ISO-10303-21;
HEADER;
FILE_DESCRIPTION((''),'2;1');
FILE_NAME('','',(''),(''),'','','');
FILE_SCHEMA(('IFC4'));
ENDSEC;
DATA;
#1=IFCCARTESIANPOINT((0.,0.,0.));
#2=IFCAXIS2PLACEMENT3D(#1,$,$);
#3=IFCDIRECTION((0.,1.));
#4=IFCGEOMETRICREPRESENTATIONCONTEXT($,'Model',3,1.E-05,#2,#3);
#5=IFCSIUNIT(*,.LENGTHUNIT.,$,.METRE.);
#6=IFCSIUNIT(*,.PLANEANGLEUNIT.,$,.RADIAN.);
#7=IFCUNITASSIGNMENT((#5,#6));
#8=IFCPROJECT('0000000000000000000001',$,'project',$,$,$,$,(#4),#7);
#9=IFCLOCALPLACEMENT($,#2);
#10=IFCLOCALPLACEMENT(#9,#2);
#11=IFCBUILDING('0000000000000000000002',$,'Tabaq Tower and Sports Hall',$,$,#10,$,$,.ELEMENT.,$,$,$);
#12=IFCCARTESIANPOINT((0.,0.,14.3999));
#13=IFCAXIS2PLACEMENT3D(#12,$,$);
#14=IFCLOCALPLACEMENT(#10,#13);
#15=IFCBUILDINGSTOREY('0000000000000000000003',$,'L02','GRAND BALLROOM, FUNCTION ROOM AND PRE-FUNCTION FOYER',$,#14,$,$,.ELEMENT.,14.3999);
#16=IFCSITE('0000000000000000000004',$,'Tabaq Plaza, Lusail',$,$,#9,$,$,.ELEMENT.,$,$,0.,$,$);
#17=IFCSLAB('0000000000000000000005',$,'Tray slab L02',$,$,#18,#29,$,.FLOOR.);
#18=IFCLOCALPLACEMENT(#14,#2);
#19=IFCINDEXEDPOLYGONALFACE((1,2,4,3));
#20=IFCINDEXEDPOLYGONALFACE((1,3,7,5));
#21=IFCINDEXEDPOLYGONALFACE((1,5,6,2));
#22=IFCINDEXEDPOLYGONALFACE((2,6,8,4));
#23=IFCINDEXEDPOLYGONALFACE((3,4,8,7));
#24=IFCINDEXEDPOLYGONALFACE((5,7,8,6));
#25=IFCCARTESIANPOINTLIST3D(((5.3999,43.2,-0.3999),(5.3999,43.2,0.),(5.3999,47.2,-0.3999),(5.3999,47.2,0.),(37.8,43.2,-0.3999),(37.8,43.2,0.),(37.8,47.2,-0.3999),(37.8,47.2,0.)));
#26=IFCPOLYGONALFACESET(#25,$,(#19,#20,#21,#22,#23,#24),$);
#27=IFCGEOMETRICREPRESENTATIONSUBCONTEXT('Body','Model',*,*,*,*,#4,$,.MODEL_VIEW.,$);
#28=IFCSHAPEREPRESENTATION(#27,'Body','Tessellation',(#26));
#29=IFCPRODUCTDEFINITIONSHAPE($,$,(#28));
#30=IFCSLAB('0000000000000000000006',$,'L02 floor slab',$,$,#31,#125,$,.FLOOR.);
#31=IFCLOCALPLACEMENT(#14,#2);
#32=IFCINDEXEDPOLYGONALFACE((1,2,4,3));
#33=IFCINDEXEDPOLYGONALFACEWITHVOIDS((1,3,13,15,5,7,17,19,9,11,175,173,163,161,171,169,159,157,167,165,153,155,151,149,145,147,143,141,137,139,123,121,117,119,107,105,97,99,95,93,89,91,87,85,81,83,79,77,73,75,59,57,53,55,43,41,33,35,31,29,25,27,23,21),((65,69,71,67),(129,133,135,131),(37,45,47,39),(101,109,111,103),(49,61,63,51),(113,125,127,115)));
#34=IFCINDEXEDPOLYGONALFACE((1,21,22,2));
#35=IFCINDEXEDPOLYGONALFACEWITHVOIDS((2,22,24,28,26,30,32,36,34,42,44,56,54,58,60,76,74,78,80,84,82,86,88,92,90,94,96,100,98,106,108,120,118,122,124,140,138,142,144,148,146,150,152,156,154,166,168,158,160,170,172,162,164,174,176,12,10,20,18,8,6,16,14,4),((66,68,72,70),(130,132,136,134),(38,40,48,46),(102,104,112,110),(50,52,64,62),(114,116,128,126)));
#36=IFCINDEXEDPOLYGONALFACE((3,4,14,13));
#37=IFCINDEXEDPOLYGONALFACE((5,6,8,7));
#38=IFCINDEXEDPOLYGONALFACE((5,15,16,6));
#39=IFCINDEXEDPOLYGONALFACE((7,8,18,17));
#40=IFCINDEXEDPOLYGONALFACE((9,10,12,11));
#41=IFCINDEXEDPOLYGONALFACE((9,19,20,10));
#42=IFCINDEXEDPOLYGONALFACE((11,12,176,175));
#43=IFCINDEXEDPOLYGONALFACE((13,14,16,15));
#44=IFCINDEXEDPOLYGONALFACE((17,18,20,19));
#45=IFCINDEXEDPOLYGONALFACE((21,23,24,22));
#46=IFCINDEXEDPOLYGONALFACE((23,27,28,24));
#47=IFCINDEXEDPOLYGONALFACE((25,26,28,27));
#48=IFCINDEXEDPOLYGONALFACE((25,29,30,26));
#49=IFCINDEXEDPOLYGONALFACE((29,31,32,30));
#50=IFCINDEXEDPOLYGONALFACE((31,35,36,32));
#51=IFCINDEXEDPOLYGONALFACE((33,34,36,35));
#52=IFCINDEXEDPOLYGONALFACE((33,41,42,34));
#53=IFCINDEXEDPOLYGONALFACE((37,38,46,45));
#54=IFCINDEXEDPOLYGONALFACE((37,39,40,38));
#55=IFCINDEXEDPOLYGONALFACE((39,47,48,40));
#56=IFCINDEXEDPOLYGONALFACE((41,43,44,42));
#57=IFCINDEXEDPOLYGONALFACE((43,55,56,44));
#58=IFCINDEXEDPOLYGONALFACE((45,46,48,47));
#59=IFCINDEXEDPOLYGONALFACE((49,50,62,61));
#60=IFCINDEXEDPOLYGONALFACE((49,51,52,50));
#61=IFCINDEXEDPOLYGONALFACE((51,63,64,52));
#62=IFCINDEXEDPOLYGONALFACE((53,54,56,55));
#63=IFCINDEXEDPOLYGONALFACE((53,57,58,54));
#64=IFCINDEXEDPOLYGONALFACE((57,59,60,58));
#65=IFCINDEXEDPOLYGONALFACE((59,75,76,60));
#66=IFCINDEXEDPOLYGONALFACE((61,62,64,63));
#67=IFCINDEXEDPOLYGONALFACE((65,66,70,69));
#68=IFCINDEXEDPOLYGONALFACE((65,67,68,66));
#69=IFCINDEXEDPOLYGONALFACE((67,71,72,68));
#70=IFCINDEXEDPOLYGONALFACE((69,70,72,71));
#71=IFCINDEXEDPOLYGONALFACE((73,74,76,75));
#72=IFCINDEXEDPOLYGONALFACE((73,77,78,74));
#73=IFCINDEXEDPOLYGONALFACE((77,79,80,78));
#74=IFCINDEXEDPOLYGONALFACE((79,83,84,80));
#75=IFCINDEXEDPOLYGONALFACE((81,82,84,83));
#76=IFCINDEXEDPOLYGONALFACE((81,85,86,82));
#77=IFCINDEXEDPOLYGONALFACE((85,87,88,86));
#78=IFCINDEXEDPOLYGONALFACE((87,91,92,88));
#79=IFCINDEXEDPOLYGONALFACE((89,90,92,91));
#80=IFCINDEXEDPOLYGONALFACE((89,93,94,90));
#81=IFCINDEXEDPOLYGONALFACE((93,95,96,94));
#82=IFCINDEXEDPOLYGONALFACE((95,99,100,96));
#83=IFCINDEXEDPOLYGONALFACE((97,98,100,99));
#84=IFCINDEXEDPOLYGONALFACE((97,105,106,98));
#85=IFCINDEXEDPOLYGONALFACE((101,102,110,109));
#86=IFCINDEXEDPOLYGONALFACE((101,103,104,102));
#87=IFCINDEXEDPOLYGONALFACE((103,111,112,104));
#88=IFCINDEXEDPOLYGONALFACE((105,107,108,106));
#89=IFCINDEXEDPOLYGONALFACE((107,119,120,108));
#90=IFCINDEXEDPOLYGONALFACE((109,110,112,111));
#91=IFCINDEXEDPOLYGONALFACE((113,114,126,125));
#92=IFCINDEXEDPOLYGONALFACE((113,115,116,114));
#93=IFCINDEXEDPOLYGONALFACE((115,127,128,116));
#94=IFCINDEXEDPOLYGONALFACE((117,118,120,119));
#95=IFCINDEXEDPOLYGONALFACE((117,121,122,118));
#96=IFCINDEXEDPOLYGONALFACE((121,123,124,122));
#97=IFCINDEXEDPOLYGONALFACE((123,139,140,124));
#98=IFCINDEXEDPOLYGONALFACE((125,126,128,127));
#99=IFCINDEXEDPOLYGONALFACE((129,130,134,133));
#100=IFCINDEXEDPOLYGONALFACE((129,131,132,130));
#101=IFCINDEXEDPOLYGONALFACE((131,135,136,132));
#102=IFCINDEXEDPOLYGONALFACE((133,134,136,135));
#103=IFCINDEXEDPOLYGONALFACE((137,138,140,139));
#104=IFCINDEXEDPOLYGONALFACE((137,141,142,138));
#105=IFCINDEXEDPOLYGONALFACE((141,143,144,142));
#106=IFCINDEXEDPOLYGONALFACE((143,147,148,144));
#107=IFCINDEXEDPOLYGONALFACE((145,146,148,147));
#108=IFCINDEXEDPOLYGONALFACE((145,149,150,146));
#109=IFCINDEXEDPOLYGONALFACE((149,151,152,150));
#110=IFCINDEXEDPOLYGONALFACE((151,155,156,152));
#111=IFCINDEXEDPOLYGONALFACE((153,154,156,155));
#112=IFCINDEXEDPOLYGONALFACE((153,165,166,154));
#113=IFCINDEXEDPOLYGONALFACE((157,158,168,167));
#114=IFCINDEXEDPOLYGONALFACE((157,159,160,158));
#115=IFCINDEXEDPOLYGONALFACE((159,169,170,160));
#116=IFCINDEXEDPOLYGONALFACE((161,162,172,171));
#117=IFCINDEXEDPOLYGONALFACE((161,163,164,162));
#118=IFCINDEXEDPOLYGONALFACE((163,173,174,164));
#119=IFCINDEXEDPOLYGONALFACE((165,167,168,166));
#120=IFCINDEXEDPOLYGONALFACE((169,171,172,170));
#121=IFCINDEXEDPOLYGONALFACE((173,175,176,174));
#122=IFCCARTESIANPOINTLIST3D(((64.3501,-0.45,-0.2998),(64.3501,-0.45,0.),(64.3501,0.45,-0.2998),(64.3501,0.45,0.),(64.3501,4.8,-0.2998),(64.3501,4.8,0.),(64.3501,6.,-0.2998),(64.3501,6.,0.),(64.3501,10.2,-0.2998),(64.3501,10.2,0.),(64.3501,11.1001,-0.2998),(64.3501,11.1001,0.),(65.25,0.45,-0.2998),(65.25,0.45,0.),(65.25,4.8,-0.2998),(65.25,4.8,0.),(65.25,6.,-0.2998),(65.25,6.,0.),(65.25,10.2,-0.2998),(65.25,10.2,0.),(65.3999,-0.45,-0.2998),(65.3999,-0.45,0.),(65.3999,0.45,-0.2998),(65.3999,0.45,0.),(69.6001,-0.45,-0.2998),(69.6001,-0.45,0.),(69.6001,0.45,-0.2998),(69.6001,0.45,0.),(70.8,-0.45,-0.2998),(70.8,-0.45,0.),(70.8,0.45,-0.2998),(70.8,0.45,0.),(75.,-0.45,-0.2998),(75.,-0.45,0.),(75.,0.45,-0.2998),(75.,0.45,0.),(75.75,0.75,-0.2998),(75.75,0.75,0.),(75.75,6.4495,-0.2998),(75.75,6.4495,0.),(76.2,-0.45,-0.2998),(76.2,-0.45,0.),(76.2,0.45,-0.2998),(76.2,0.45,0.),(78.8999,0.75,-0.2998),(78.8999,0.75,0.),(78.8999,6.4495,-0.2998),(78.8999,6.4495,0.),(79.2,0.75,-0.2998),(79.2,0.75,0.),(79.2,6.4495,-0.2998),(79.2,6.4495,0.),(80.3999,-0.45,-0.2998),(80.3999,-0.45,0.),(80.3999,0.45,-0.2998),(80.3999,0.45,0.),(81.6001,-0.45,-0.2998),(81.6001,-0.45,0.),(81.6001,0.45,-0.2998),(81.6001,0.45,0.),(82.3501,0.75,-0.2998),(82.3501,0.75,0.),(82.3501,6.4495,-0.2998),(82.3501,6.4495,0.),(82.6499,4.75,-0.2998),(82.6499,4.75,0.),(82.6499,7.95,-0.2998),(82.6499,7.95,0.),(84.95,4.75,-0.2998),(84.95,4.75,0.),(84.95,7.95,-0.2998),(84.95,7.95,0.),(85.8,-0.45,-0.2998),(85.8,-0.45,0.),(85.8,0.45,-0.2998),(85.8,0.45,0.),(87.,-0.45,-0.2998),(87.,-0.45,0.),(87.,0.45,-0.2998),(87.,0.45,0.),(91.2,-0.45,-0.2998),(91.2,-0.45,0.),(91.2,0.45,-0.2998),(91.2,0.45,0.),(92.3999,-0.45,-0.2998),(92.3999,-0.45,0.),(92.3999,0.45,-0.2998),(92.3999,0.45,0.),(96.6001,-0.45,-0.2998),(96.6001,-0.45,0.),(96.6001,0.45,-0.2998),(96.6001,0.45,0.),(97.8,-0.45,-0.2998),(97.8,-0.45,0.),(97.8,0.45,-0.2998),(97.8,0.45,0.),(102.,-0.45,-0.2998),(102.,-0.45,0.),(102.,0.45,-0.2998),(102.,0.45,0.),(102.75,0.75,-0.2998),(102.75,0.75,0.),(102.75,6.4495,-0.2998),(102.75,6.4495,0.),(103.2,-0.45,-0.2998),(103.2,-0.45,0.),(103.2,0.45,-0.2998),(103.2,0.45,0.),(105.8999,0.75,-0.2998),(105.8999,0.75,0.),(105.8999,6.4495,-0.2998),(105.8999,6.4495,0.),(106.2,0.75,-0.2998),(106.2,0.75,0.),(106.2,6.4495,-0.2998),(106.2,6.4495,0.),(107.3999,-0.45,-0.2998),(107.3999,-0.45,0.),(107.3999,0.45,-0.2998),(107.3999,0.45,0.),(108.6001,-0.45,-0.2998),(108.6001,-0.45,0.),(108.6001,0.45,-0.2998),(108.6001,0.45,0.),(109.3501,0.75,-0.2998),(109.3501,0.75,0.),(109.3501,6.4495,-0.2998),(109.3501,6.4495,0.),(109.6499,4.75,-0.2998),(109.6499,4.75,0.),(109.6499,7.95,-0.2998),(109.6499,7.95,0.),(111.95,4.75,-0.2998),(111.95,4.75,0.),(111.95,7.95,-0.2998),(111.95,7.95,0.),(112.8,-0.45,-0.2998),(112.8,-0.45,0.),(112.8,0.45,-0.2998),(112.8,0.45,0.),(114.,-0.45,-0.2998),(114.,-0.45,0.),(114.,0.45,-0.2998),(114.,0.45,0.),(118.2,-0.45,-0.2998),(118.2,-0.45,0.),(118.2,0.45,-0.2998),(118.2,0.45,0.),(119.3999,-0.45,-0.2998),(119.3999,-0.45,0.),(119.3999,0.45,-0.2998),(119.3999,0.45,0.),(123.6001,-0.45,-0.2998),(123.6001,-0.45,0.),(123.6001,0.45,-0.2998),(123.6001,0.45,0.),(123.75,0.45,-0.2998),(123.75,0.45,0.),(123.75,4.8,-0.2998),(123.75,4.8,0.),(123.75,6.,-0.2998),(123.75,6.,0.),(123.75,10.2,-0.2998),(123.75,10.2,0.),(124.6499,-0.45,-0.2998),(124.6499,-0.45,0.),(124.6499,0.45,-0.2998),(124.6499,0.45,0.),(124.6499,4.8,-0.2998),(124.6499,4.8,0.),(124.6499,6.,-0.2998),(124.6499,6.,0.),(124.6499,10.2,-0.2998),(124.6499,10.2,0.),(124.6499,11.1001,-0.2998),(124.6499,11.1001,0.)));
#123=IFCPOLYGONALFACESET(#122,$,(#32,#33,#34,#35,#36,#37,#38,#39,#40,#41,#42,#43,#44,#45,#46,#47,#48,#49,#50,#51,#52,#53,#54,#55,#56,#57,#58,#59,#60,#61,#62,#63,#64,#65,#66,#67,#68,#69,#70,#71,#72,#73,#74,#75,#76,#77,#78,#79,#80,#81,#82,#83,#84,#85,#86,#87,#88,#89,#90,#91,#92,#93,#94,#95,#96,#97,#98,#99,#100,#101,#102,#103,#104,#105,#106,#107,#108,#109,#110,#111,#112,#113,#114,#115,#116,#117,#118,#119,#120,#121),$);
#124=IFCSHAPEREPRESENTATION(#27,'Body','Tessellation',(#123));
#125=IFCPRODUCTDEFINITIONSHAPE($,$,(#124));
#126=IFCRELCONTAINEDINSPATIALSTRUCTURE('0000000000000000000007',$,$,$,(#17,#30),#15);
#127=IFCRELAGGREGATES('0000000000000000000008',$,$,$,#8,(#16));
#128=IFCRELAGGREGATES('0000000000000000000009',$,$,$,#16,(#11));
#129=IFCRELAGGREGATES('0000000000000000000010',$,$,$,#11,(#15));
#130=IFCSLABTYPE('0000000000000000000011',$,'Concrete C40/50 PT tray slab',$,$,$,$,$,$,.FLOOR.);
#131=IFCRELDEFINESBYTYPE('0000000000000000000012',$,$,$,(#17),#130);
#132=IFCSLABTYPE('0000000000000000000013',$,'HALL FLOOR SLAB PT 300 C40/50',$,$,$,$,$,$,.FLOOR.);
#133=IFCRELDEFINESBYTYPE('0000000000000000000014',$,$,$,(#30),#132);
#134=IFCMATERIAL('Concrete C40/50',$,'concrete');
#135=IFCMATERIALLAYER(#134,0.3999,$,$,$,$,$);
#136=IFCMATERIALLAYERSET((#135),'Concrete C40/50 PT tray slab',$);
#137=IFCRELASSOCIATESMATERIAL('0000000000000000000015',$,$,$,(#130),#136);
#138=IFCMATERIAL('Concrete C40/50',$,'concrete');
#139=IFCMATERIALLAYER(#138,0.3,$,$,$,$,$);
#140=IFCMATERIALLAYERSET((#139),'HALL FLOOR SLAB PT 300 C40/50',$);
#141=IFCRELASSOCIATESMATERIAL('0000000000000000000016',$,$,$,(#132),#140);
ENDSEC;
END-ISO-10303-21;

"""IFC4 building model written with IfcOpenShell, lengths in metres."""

from ifc_helpers import new_model, si_unit, direction, frame, origin, place, context, subcontext, project, spatial, polyline, outline, extrude, material, layer, layer_set, type_object, element, save


model = new_model("IFC4")

# Units and contexts
model_context = context("Model", 3, precision=1e-05, world=origin(), true_north=direction((0.0, 1.0)))
body_context = subcontext(model_context, "Body", "Model", "MODEL_VIEW")
ifc_project = project(units=[si_unit("LENGTHUNIT", "METRE"), si_unit("PLANEANGLEUNIT", "RADIAN")], contexts=[model_context])

# Site, building, storey
site_placement = place(None, origin())
site = spatial("IfcSite", under=ifc_project, at=site_placement, Name="Tabaq Plaza, Lusail", CompositionType="ELEMENT", RefElevation=0.0)
building_placement = place(site_placement, origin())
building = spatial("IfcBuilding", under=site, at=building_placement, Name="Tabaq Tower and Sports Hall", CompositionType="ELEMENT")
storey_placement = place(building_placement, frame((0.0, 0.0, 14.3999)))
storey = spatial("IfcBuildingStorey", under=building, at=storey_placement, Name="L02", Description="GRAND BALLROOM, FUNCTION ROOM AND PRE-FUNCTION FOYER", CompositionType="ELEMENT", Elevation=14.3999)

# Slabs
ifc_material_1 = material(Name="Concrete C40/50", Category="concrete")
ifc_layer_1 = layer(ifc_material_1, 0.3999)
ifc_layer_set_1 = layer_set([ifc_layer_1], Name="Concrete C40/50 PT tray slab")
slab_type_1 = type_object("IfcSlabType", Name="Concrete C40/50 PT tray slab", PredefinedType="FLOOR", material=ifc_layer_set_1)
slab_1_placement = place(storey_placement, frame((0.0, 0.0, -0.3999)))
element("IfcSlab", 1, at=slab_1_placement, inside=storey, type_object=slab_type_1, Name="Tray slab L02", PredefinedType="FLOOR", context=body_context, shape_type="SweptSolid", body=[
    extrude(outline(polyline([(37.8, 43.2), (5.3999, 43.2), (5.3999, 47.2), (37.8, 47.2), (37.8, 43.2)])), origin(), (0.0, 0.0, 1.0), 0.3999),
])
ifc_material_2 = material(Name="Concrete C40/50", Category="concrete")
ifc_layer_2 = layer(ifc_material_2, 0.3)
ifc_layer_set_2 = layer_set([ifc_layer_2], Name="HALL FLOOR SLAB PT 300 C40/50")
slab_type_2 = type_object("IfcSlabType", Name="HALL FLOOR SLAB PT 300 C40/50", PredefinedType="FLOOR", material=ifc_layer_set_2)
slab_2_placement = place(storey_placement, frame((0.0, 0.0, -0.2998)))
element("IfcSlab", 2, at=slab_2_placement, inside=storey, type_object=slab_type_2, Name="L02 floor slab", PredefinedType="FLOOR", context=body_context, shape_type="SweptSolid", body=[
    extrude(outline(polyline([(76.2, 0.45), (76.2, -0.45), (75.0, -0.45), (75.0, 0.45), (70.8, 0.45), (70.8, -0.45), (69.6001, -0.45), (69.6001, 0.45), (65.3999, 0.45), (65.3999, -0.45), (64.3501, -0.45), (64.3501, 0.45), (65.25, 0.45), (65.25, 4.8), (64.3501, 4.8), (64.3501, 6.0), (65.25, 6.0), (65.25, 10.2), (64.3501, 10.2), (64.3501, 11.1001), (124.6499, 11.1001), (124.6499, 10.2), (123.75, 10.2), (123.75, 6.0), (124.6499, 6.0), (124.6499, 4.8), (123.75, 4.8), (123.75, 0.45), (124.6499, 0.45), (124.6499, -0.45), (123.6001, -0.45), (123.6001, 0.45), (119.3999, 0.45), (119.3999, -0.45), (118.2, -0.45), (118.2, 0.45), (114.0, 0.45), (114.0, -0.45), (112.8, -0.45), (112.8, 0.45), (108.6001, 0.45), (108.6001, -0.45), (107.3999, -0.45), (107.3999, 0.45), (103.2, 0.45), (103.2, -0.45), (102.0, -0.45), (102.0, 0.45), (97.8, 0.45), (97.8, -0.45), (96.6001, -0.45), (96.6001, 0.45), (92.3999, 0.45), (92.3999, -0.45), (91.2, -0.45), (91.2, 0.45), (87.0, 0.45), (87.0, -0.45), (85.8, -0.45), (85.8, 0.45), (81.6001, 0.45), (81.6001, -0.45), (80.3999, -0.45), (80.3999, 0.45), (76.2, 0.45)]), holes=[polyline([(82.6499, 4.75), (84.95, 4.75), (84.95, 7.95), (82.6499, 7.95), (82.6499, 4.75)]), polyline([(109.6499, 4.75), (111.95, 4.75), (111.95, 7.95), (109.6499, 7.95), (109.6499, 4.75)]), polyline([(75.75, 6.4495), (75.75, 0.75), (78.8999, 0.75), (78.8999, 6.4495), (75.75, 6.4495)]), polyline([(79.2, 6.4495), (79.2, 0.75), (82.3501, 0.75), (82.3501, 6.4495), (79.2, 6.4495)]), polyline([(102.75, 6.4495), (102.75, 0.75), (105.8999, 0.75), (105.8999, 6.4495), (102.75, 6.4495)]), polyline([(106.2, 6.4495), (106.2, 0.75), (109.3501, 0.75), (109.3501, 6.4495), (106.2, 6.4495)])]), origin(), (0.0, 0.0, 1.0), 0.2998),
])

save(model, "model.ifc")
